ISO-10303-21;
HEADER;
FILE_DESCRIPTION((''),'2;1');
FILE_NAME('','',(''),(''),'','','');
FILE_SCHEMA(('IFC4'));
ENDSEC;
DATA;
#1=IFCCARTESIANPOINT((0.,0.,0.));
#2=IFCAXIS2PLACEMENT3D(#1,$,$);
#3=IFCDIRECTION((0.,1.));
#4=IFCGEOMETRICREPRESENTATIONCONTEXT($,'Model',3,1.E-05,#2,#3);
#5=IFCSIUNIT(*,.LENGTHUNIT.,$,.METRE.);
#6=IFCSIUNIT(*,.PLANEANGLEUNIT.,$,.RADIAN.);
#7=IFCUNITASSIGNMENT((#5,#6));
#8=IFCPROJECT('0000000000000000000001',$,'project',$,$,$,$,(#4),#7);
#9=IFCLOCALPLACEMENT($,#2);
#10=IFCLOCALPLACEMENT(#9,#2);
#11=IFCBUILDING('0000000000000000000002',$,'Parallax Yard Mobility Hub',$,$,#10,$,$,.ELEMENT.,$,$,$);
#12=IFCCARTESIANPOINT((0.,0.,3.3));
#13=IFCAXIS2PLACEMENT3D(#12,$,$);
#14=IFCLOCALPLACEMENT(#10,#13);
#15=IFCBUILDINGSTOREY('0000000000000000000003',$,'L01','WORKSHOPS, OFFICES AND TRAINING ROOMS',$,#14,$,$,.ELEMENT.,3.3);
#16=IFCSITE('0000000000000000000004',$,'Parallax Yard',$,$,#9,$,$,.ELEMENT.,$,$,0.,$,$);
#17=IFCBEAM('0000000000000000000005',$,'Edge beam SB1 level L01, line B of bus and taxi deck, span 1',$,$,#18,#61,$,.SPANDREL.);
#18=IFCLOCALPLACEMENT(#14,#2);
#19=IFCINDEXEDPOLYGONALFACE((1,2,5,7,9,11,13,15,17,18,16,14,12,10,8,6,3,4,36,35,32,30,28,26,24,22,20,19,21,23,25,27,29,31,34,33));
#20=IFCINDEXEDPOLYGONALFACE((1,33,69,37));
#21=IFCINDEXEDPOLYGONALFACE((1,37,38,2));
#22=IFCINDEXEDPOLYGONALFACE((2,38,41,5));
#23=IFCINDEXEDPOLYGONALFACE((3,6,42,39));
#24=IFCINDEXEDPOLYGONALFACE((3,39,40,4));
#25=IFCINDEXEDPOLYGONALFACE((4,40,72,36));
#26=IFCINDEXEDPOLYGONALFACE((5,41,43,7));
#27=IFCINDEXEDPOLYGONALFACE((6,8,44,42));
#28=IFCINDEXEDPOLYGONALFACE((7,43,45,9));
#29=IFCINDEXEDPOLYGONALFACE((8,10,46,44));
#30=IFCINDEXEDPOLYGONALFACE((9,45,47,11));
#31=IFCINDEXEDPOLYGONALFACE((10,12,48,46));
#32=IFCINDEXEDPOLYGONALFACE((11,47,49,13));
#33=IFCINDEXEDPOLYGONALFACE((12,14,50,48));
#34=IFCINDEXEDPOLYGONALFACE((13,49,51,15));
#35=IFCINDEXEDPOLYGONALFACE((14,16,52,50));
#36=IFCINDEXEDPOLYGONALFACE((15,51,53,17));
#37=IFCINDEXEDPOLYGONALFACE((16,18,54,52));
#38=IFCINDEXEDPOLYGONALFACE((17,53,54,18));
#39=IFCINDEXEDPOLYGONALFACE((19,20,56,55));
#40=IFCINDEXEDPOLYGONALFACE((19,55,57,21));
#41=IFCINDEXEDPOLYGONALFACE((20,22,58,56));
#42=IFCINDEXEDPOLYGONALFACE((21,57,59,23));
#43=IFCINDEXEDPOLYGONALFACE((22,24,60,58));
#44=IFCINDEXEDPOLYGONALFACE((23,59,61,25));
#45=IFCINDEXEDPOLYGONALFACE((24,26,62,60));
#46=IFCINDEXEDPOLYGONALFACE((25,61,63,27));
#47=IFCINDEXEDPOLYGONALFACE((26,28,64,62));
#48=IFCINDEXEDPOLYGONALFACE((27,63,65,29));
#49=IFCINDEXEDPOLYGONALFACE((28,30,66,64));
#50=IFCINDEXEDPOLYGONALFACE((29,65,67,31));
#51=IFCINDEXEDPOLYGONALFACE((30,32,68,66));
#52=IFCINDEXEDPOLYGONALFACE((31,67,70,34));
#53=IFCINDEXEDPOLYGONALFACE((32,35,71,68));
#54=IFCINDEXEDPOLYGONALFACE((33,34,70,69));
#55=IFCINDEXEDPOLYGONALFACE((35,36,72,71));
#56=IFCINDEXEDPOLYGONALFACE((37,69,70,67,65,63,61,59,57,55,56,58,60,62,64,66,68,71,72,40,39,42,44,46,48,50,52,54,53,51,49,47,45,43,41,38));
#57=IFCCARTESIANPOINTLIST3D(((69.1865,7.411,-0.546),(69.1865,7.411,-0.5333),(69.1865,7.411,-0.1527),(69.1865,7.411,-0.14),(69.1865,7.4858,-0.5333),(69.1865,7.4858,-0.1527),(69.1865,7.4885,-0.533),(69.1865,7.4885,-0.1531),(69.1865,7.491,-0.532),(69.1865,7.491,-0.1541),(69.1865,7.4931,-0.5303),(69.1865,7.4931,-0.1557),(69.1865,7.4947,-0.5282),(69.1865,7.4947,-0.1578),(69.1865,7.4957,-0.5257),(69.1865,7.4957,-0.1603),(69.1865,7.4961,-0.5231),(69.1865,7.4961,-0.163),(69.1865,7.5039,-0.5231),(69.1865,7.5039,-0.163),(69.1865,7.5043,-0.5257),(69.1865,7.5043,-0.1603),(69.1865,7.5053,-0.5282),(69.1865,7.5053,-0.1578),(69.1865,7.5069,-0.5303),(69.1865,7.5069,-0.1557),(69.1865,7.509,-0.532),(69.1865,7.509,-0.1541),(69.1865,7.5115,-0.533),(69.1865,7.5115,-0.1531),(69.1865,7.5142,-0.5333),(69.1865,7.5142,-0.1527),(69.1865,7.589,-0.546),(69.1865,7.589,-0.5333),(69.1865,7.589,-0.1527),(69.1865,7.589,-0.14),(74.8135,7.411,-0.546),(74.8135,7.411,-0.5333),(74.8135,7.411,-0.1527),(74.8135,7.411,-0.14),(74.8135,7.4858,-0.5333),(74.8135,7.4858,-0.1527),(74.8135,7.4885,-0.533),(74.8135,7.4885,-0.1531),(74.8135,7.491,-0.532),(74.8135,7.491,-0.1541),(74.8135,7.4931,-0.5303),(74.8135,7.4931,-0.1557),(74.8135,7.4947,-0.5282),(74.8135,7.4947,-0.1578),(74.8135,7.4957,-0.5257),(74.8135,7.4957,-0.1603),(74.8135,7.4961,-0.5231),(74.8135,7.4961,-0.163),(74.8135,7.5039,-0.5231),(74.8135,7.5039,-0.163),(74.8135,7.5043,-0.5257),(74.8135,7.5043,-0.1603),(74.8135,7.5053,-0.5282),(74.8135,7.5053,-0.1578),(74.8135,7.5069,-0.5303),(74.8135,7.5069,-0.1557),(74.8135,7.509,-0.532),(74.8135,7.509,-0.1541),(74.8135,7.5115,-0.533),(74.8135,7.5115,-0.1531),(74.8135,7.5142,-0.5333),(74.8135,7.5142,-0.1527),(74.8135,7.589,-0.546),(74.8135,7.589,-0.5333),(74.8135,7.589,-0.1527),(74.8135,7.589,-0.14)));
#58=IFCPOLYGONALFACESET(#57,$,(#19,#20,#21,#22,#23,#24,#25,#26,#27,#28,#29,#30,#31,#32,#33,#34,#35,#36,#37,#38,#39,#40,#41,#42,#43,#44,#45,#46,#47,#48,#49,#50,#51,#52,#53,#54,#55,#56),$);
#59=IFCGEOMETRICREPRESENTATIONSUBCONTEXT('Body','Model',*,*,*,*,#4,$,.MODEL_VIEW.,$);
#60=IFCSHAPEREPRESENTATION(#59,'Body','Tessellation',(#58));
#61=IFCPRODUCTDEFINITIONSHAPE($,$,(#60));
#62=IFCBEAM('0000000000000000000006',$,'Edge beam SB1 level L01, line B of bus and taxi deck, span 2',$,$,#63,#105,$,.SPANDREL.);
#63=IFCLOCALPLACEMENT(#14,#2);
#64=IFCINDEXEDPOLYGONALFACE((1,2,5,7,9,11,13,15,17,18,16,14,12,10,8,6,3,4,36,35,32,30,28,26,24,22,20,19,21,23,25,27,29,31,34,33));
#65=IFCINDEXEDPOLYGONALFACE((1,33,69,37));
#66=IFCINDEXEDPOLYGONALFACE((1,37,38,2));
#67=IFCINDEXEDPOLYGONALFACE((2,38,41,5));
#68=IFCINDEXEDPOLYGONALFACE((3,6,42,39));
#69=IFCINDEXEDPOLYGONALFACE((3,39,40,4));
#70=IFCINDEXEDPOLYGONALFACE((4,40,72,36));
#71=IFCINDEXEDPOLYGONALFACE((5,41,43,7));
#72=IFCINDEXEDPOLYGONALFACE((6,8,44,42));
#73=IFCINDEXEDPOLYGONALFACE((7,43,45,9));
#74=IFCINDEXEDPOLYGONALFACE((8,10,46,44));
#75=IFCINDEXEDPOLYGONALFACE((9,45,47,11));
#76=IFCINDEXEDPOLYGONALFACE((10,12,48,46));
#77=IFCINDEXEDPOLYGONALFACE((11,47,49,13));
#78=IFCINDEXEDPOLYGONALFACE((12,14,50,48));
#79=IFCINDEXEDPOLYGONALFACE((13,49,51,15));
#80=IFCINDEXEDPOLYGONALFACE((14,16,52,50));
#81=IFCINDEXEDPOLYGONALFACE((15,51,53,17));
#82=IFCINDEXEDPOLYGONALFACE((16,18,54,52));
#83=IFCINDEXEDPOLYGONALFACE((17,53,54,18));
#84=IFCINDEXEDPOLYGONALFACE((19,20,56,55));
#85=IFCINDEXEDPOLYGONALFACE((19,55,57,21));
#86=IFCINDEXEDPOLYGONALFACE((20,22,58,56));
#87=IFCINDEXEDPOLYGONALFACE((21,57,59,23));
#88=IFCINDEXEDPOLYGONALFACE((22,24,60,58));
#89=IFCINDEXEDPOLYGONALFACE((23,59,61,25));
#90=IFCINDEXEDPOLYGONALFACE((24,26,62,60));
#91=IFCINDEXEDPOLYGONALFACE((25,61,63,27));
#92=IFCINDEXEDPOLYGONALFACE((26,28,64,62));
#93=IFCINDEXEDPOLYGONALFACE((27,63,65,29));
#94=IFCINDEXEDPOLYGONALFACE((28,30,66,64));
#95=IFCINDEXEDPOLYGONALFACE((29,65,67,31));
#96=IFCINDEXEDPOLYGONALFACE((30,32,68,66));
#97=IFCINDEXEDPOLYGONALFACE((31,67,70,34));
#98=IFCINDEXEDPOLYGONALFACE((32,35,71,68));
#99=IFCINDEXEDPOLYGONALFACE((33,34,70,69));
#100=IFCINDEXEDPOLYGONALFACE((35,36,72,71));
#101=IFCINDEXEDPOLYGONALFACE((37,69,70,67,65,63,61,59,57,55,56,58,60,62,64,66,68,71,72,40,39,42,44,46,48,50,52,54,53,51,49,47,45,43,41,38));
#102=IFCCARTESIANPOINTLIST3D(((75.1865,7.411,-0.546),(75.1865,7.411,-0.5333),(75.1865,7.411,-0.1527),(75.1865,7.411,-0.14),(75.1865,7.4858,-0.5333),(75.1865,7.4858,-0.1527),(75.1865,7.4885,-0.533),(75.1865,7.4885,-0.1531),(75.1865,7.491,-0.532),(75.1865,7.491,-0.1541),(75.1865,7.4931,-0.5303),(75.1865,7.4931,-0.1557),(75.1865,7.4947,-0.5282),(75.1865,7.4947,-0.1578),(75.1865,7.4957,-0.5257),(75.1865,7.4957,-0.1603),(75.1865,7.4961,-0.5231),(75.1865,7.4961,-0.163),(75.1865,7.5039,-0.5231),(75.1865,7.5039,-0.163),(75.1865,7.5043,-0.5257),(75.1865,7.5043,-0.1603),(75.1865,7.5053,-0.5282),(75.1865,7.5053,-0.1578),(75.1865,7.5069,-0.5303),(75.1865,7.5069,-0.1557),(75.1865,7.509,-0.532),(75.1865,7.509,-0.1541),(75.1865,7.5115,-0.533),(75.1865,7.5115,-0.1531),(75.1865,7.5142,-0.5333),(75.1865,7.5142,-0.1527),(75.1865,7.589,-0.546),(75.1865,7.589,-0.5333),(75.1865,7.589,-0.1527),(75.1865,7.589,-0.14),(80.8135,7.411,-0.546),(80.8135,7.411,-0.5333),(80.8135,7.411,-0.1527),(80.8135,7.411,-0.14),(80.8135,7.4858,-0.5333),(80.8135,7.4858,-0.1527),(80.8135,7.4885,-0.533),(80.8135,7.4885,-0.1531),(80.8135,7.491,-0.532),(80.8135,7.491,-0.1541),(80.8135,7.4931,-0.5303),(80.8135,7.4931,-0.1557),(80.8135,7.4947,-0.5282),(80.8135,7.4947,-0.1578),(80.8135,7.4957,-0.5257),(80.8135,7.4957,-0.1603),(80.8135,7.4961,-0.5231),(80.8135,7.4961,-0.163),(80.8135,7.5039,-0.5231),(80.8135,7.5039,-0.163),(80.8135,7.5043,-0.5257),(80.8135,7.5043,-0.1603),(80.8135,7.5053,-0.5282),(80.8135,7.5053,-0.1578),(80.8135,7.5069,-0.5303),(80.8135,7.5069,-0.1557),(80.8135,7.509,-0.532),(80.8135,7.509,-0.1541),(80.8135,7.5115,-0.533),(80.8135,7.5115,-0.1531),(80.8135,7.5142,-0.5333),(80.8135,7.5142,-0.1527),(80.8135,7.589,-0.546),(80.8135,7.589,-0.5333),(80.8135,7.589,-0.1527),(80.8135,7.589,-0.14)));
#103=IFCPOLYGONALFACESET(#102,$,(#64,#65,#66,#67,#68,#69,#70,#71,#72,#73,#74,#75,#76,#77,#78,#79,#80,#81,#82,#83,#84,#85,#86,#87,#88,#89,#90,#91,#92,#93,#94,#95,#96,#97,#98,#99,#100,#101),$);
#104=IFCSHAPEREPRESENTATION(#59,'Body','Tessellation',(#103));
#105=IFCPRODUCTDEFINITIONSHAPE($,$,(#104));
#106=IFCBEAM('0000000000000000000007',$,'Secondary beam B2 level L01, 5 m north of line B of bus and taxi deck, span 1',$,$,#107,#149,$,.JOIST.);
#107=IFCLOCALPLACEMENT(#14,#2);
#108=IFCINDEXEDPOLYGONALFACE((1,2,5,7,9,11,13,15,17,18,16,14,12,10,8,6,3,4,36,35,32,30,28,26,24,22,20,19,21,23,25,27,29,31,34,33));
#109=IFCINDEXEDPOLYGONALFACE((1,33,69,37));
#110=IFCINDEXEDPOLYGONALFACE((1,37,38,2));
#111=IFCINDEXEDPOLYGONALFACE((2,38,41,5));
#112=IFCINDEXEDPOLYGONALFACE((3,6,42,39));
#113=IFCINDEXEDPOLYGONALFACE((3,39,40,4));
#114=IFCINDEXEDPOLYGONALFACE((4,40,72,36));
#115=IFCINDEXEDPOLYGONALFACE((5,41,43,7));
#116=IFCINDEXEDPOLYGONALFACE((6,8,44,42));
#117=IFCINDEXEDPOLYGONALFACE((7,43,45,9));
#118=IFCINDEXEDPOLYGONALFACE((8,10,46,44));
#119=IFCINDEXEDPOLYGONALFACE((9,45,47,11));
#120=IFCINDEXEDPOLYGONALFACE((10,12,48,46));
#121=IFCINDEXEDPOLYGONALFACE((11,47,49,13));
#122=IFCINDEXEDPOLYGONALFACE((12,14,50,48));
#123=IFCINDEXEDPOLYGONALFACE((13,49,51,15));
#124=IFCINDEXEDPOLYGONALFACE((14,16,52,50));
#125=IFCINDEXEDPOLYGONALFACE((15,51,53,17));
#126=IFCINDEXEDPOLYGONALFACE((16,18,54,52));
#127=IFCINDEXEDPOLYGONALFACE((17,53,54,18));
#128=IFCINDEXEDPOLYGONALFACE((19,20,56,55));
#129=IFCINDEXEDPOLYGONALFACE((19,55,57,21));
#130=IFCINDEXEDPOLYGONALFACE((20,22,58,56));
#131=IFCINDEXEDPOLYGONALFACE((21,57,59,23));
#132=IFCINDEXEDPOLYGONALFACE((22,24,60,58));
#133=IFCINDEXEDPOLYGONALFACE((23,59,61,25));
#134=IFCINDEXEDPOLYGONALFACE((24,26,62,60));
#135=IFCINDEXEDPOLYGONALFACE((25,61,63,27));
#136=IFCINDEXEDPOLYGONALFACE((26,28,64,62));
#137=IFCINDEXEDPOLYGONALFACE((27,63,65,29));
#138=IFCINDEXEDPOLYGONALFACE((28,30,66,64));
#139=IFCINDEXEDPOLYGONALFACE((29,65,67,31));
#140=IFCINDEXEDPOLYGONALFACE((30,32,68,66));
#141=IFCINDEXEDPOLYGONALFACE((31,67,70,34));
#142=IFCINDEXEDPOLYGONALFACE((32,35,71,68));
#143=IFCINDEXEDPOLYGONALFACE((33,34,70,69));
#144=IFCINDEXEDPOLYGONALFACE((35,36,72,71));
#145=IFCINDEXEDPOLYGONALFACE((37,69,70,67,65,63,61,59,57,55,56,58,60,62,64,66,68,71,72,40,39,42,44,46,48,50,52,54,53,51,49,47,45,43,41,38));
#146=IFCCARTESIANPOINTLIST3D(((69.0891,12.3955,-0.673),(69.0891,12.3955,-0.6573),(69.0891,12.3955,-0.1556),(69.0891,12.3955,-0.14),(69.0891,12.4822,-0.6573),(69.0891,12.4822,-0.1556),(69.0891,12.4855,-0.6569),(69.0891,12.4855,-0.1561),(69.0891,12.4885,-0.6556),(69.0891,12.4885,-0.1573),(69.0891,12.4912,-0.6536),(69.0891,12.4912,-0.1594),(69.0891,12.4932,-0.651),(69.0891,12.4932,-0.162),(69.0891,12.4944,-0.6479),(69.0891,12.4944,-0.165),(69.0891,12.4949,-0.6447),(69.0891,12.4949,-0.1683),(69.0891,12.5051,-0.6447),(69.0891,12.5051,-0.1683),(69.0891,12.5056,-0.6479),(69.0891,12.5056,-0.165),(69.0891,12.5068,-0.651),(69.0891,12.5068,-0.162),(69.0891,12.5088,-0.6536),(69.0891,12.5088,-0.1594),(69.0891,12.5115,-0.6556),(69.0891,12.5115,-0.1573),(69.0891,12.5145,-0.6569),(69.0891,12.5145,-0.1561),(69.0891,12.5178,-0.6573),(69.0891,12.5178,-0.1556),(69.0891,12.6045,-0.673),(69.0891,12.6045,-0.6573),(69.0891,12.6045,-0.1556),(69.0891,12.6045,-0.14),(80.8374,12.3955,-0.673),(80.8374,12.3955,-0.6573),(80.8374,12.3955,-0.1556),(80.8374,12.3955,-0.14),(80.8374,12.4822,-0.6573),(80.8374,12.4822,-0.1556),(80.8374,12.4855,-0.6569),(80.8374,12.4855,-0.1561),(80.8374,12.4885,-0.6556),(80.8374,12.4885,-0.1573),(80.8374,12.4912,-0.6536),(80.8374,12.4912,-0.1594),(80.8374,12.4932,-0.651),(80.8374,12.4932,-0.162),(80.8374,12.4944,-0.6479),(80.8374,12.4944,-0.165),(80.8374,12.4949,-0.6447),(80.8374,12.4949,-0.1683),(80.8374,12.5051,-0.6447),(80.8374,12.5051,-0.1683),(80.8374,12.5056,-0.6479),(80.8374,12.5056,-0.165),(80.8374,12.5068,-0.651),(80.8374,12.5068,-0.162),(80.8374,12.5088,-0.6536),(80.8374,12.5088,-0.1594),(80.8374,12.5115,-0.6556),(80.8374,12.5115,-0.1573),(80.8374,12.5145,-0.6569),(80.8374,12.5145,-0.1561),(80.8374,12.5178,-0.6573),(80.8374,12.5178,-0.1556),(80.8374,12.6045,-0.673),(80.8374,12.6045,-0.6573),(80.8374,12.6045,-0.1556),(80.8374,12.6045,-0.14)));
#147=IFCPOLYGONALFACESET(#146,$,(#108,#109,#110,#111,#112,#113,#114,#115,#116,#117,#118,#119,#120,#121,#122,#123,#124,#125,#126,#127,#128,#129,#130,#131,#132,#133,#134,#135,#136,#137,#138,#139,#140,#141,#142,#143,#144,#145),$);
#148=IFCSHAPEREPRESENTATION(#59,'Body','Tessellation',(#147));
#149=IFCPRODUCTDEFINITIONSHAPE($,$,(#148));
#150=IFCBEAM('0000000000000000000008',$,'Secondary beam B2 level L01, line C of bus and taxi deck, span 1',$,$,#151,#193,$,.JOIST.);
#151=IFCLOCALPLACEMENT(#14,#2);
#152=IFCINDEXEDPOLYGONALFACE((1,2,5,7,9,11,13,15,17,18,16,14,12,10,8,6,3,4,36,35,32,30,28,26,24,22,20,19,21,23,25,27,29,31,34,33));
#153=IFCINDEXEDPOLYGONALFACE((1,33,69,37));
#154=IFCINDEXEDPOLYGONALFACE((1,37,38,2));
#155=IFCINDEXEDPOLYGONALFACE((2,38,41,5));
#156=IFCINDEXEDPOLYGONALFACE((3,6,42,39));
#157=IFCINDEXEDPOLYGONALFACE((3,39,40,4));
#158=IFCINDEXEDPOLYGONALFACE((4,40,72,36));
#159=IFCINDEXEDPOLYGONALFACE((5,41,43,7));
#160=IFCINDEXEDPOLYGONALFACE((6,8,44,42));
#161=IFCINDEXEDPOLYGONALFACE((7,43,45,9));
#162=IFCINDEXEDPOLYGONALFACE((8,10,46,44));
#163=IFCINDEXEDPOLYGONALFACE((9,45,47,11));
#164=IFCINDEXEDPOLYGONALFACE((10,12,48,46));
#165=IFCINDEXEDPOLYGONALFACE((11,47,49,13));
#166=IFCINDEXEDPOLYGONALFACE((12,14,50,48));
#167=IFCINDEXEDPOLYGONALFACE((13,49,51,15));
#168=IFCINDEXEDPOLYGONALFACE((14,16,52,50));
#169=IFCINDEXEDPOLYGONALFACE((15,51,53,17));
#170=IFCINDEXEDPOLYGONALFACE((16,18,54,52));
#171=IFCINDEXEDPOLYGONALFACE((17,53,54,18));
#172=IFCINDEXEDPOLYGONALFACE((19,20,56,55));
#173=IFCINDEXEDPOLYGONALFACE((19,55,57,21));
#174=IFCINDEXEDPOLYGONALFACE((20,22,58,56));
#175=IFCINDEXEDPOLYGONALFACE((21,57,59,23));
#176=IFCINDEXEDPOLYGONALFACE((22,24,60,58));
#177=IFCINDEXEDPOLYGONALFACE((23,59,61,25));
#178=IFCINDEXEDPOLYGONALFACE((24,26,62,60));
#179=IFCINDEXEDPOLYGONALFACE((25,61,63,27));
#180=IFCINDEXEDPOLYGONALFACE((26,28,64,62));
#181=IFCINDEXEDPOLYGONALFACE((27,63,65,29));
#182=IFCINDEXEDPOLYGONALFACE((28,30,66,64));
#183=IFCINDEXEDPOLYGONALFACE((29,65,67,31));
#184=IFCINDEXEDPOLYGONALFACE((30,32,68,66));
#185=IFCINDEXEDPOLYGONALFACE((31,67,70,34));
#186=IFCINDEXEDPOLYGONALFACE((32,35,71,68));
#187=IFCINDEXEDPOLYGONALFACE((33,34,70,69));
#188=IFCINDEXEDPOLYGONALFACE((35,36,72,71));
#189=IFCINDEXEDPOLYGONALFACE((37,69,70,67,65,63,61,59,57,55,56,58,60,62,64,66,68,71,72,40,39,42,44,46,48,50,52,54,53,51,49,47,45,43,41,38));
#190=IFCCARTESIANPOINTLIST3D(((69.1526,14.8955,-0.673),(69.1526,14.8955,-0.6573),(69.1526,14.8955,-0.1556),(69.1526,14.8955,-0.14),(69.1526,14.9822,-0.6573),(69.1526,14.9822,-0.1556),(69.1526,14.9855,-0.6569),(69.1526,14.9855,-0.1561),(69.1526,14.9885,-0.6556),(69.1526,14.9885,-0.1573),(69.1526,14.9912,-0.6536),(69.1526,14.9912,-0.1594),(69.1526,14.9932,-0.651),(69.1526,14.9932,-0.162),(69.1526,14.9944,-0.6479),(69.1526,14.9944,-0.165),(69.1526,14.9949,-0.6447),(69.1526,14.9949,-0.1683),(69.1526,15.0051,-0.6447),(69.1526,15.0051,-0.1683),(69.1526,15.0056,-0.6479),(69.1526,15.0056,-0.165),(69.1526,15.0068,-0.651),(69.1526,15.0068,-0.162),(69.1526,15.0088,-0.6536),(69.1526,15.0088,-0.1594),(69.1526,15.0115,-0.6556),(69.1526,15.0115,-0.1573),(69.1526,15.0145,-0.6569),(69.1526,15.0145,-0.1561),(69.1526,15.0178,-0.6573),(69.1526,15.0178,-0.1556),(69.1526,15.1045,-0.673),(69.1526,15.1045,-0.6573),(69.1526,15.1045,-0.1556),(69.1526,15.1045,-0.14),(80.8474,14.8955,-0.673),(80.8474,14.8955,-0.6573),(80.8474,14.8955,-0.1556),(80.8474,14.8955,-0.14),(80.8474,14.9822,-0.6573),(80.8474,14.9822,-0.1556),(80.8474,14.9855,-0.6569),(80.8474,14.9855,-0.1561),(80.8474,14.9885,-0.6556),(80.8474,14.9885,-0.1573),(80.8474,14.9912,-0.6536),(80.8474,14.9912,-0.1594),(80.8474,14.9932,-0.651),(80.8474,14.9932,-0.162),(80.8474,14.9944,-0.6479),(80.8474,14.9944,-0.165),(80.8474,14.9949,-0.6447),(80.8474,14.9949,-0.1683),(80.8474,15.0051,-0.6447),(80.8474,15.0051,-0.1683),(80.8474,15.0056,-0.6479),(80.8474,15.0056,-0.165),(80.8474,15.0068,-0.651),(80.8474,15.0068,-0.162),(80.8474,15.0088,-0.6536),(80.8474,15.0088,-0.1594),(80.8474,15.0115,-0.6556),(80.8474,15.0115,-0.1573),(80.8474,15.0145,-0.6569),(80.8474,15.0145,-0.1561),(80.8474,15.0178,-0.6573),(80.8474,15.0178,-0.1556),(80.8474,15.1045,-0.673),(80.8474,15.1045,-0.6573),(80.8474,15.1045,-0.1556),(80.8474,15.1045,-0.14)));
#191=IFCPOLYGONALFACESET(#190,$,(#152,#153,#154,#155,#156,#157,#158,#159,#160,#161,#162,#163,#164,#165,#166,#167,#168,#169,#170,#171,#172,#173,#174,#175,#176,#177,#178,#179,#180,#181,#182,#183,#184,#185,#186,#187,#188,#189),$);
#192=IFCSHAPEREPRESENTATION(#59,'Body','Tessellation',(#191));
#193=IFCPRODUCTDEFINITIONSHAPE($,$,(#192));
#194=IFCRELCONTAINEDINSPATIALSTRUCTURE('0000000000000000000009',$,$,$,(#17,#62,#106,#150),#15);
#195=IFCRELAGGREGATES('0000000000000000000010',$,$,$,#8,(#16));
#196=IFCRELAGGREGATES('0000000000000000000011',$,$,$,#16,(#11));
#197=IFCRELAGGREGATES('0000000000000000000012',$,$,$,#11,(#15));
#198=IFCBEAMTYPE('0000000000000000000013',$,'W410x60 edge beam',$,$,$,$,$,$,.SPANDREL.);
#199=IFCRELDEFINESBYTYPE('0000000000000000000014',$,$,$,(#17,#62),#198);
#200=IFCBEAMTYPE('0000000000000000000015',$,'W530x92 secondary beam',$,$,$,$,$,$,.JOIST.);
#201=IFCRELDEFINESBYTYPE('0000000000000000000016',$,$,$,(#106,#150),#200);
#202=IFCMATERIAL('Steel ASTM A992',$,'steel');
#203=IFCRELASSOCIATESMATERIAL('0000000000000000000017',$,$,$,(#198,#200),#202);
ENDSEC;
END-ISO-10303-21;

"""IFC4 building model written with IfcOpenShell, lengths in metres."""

from ifc_helpers import new_model, si_unit, direction, frame, origin, origin_2d, place, context, subcontext, project, spatial, i_section, extrude, material, material_profile, profile_set, type_object, element, save


model = new_model("IFC4")

# Units and contexts
model_context = context("Model", 3, precision=1e-05, world=origin(), true_north=direction((0.0, 1.0)))
body_context = subcontext(model_context, "Body", "Model", "MODEL_VIEW")
ifc_project = project(units=[si_unit("LENGTHUNIT", "METRE"), si_unit("PLANEANGLEUNIT", "RADIAN")], contexts=[model_context])

# Site, building, storey
site_placement = place(None, origin())
site = spatial("IfcSite", under=ifc_project, at=site_placement, Name="Parallax Yard", CompositionType="ELEMENT", RefElevation=0.0)
building_placement = place(site_placement, origin())
building = spatial("IfcBuilding", under=site, at=building_placement, Name="Parallax Yard Mobility Hub", CompositionType="ELEMENT")
storey_placement = place(building_placement, frame((0.0, 0.0, 3.3)))
storey = spatial("IfcBuildingStorey", under=building, at=storey_placement, Name="L01", Description="WORKSHOPS, OFFICES AND TRAINING ROOMS", CompositionType="ELEMENT", Elevation=3.3)

# Shared definitions
ifc_material_1 = material(Name="Steel ASTM A992", Category="steel")

# Beams
ifc_material_profile_1 = material_profile(ifc_material_1, i_section(OverallWidth=0.178, OverallDepth=0.406, WebThickness=0.0078, FlangeThickness=0.0127, FilletRadius=0.0103, at=origin_2d()), Name="W410x60")
ifc_profile_set_1 = profile_set([ifc_material_profile_1], Name="Steel ASTM A992")
beam_type_1 = type_object("IfcBeamType", Name="W410x60 edge beam", PredefinedType="SPANDREL", material=ifc_profile_set_1)
for number, where, z_axis, x_axis, name in (
    (1, (69.1865, 7.5, -0.343), (1.0, 0.0, 0.0), (0.0, 1.0, 0.0), "Edge beam SB1 level L01, line B of bus and taxi deck, span 1"),
    (2, (75.1865, 7.5, -0.343), (1.0, 0.0, 0.0), (0.0, 1.0, 0.0), "Edge beam SB1 level L01, line B of bus and taxi deck, span 2"),
):
    element("IfcBeam", number, at=place(storey_placement, frame(where, z_axis=z_axis, x_axis=x_axis)), inside=storey, type_object=beam_type_1, Name=name, PredefinedType="SPANDREL", context=body_context, shape_type="SweptSolid", body=[
        extrude(i_section(OverallWidth=0.178, OverallDepth=0.406, WebThickness=0.0078, FlangeThickness=0.0127, FilletRadius=0.0103, at=origin_2d()), origin(), (0.0, 0.0, 1.0), 5.627),
    ])
ifc_material_profile_2 = material_profile(ifc_material_1, i_section(OverallWidth=0.209, OverallDepth=0.533, WebThickness=0.0103, FlangeThickness=0.0156, FilletRadius=0.0127, at=origin_2d()), Name="W530x92")
ifc_profile_set_2 = profile_set([ifc_material_profile_2], Name="Steel ASTM A992")
beam_type_2 = type_object("IfcBeamType", Name="W530x92 secondary beam", PredefinedType="JOIST", material=ifc_profile_set_2)
beam_1_placement = place(storey_placement, frame((69.0891, 12.5, -0.4065), z_axis=(1.0, 0.0, 0.0), x_axis=(0.0, 1.0, 0.0)))
element("IfcBeam", 3, at=beam_1_placement, inside=storey, type_object=beam_type_2, Name="Secondary beam B2 level L01, 5 m north of line B of bus and taxi deck, span 1", PredefinedType="JOIST", context=body_context, shape_type="SweptSolid", body=[
    extrude(i_section(OverallWidth=0.209, OverallDepth=0.533, WebThickness=0.0103, FlangeThickness=0.0156, FilletRadius=0.0127, at=origin_2d()), origin(), (0.0, 0.0, 1.0), 11.7483),
])
beam_2_placement = place(storey_placement, frame((69.1526, 15.0, -0.4065), z_axis=(1.0, 0.0, 0.0), x_axis=(0.0, 1.0, 0.0)))
element("IfcBeam", 4, at=beam_2_placement, inside=storey, type_object=beam_type_2, Name="Secondary beam B2 level L01, line C of bus and taxi deck, span 1", PredefinedType="JOIST", context=body_context, shape_type="SweptSolid", body=[
    extrude(i_section(OverallWidth=0.209, OverallDepth=0.533, WebThickness=0.0103, FlangeThickness=0.0156, FilletRadius=0.0127, at=origin_2d()), origin(), (0.0, 0.0, 1.0), 11.6948),
])

save(model, "model.ifc")
